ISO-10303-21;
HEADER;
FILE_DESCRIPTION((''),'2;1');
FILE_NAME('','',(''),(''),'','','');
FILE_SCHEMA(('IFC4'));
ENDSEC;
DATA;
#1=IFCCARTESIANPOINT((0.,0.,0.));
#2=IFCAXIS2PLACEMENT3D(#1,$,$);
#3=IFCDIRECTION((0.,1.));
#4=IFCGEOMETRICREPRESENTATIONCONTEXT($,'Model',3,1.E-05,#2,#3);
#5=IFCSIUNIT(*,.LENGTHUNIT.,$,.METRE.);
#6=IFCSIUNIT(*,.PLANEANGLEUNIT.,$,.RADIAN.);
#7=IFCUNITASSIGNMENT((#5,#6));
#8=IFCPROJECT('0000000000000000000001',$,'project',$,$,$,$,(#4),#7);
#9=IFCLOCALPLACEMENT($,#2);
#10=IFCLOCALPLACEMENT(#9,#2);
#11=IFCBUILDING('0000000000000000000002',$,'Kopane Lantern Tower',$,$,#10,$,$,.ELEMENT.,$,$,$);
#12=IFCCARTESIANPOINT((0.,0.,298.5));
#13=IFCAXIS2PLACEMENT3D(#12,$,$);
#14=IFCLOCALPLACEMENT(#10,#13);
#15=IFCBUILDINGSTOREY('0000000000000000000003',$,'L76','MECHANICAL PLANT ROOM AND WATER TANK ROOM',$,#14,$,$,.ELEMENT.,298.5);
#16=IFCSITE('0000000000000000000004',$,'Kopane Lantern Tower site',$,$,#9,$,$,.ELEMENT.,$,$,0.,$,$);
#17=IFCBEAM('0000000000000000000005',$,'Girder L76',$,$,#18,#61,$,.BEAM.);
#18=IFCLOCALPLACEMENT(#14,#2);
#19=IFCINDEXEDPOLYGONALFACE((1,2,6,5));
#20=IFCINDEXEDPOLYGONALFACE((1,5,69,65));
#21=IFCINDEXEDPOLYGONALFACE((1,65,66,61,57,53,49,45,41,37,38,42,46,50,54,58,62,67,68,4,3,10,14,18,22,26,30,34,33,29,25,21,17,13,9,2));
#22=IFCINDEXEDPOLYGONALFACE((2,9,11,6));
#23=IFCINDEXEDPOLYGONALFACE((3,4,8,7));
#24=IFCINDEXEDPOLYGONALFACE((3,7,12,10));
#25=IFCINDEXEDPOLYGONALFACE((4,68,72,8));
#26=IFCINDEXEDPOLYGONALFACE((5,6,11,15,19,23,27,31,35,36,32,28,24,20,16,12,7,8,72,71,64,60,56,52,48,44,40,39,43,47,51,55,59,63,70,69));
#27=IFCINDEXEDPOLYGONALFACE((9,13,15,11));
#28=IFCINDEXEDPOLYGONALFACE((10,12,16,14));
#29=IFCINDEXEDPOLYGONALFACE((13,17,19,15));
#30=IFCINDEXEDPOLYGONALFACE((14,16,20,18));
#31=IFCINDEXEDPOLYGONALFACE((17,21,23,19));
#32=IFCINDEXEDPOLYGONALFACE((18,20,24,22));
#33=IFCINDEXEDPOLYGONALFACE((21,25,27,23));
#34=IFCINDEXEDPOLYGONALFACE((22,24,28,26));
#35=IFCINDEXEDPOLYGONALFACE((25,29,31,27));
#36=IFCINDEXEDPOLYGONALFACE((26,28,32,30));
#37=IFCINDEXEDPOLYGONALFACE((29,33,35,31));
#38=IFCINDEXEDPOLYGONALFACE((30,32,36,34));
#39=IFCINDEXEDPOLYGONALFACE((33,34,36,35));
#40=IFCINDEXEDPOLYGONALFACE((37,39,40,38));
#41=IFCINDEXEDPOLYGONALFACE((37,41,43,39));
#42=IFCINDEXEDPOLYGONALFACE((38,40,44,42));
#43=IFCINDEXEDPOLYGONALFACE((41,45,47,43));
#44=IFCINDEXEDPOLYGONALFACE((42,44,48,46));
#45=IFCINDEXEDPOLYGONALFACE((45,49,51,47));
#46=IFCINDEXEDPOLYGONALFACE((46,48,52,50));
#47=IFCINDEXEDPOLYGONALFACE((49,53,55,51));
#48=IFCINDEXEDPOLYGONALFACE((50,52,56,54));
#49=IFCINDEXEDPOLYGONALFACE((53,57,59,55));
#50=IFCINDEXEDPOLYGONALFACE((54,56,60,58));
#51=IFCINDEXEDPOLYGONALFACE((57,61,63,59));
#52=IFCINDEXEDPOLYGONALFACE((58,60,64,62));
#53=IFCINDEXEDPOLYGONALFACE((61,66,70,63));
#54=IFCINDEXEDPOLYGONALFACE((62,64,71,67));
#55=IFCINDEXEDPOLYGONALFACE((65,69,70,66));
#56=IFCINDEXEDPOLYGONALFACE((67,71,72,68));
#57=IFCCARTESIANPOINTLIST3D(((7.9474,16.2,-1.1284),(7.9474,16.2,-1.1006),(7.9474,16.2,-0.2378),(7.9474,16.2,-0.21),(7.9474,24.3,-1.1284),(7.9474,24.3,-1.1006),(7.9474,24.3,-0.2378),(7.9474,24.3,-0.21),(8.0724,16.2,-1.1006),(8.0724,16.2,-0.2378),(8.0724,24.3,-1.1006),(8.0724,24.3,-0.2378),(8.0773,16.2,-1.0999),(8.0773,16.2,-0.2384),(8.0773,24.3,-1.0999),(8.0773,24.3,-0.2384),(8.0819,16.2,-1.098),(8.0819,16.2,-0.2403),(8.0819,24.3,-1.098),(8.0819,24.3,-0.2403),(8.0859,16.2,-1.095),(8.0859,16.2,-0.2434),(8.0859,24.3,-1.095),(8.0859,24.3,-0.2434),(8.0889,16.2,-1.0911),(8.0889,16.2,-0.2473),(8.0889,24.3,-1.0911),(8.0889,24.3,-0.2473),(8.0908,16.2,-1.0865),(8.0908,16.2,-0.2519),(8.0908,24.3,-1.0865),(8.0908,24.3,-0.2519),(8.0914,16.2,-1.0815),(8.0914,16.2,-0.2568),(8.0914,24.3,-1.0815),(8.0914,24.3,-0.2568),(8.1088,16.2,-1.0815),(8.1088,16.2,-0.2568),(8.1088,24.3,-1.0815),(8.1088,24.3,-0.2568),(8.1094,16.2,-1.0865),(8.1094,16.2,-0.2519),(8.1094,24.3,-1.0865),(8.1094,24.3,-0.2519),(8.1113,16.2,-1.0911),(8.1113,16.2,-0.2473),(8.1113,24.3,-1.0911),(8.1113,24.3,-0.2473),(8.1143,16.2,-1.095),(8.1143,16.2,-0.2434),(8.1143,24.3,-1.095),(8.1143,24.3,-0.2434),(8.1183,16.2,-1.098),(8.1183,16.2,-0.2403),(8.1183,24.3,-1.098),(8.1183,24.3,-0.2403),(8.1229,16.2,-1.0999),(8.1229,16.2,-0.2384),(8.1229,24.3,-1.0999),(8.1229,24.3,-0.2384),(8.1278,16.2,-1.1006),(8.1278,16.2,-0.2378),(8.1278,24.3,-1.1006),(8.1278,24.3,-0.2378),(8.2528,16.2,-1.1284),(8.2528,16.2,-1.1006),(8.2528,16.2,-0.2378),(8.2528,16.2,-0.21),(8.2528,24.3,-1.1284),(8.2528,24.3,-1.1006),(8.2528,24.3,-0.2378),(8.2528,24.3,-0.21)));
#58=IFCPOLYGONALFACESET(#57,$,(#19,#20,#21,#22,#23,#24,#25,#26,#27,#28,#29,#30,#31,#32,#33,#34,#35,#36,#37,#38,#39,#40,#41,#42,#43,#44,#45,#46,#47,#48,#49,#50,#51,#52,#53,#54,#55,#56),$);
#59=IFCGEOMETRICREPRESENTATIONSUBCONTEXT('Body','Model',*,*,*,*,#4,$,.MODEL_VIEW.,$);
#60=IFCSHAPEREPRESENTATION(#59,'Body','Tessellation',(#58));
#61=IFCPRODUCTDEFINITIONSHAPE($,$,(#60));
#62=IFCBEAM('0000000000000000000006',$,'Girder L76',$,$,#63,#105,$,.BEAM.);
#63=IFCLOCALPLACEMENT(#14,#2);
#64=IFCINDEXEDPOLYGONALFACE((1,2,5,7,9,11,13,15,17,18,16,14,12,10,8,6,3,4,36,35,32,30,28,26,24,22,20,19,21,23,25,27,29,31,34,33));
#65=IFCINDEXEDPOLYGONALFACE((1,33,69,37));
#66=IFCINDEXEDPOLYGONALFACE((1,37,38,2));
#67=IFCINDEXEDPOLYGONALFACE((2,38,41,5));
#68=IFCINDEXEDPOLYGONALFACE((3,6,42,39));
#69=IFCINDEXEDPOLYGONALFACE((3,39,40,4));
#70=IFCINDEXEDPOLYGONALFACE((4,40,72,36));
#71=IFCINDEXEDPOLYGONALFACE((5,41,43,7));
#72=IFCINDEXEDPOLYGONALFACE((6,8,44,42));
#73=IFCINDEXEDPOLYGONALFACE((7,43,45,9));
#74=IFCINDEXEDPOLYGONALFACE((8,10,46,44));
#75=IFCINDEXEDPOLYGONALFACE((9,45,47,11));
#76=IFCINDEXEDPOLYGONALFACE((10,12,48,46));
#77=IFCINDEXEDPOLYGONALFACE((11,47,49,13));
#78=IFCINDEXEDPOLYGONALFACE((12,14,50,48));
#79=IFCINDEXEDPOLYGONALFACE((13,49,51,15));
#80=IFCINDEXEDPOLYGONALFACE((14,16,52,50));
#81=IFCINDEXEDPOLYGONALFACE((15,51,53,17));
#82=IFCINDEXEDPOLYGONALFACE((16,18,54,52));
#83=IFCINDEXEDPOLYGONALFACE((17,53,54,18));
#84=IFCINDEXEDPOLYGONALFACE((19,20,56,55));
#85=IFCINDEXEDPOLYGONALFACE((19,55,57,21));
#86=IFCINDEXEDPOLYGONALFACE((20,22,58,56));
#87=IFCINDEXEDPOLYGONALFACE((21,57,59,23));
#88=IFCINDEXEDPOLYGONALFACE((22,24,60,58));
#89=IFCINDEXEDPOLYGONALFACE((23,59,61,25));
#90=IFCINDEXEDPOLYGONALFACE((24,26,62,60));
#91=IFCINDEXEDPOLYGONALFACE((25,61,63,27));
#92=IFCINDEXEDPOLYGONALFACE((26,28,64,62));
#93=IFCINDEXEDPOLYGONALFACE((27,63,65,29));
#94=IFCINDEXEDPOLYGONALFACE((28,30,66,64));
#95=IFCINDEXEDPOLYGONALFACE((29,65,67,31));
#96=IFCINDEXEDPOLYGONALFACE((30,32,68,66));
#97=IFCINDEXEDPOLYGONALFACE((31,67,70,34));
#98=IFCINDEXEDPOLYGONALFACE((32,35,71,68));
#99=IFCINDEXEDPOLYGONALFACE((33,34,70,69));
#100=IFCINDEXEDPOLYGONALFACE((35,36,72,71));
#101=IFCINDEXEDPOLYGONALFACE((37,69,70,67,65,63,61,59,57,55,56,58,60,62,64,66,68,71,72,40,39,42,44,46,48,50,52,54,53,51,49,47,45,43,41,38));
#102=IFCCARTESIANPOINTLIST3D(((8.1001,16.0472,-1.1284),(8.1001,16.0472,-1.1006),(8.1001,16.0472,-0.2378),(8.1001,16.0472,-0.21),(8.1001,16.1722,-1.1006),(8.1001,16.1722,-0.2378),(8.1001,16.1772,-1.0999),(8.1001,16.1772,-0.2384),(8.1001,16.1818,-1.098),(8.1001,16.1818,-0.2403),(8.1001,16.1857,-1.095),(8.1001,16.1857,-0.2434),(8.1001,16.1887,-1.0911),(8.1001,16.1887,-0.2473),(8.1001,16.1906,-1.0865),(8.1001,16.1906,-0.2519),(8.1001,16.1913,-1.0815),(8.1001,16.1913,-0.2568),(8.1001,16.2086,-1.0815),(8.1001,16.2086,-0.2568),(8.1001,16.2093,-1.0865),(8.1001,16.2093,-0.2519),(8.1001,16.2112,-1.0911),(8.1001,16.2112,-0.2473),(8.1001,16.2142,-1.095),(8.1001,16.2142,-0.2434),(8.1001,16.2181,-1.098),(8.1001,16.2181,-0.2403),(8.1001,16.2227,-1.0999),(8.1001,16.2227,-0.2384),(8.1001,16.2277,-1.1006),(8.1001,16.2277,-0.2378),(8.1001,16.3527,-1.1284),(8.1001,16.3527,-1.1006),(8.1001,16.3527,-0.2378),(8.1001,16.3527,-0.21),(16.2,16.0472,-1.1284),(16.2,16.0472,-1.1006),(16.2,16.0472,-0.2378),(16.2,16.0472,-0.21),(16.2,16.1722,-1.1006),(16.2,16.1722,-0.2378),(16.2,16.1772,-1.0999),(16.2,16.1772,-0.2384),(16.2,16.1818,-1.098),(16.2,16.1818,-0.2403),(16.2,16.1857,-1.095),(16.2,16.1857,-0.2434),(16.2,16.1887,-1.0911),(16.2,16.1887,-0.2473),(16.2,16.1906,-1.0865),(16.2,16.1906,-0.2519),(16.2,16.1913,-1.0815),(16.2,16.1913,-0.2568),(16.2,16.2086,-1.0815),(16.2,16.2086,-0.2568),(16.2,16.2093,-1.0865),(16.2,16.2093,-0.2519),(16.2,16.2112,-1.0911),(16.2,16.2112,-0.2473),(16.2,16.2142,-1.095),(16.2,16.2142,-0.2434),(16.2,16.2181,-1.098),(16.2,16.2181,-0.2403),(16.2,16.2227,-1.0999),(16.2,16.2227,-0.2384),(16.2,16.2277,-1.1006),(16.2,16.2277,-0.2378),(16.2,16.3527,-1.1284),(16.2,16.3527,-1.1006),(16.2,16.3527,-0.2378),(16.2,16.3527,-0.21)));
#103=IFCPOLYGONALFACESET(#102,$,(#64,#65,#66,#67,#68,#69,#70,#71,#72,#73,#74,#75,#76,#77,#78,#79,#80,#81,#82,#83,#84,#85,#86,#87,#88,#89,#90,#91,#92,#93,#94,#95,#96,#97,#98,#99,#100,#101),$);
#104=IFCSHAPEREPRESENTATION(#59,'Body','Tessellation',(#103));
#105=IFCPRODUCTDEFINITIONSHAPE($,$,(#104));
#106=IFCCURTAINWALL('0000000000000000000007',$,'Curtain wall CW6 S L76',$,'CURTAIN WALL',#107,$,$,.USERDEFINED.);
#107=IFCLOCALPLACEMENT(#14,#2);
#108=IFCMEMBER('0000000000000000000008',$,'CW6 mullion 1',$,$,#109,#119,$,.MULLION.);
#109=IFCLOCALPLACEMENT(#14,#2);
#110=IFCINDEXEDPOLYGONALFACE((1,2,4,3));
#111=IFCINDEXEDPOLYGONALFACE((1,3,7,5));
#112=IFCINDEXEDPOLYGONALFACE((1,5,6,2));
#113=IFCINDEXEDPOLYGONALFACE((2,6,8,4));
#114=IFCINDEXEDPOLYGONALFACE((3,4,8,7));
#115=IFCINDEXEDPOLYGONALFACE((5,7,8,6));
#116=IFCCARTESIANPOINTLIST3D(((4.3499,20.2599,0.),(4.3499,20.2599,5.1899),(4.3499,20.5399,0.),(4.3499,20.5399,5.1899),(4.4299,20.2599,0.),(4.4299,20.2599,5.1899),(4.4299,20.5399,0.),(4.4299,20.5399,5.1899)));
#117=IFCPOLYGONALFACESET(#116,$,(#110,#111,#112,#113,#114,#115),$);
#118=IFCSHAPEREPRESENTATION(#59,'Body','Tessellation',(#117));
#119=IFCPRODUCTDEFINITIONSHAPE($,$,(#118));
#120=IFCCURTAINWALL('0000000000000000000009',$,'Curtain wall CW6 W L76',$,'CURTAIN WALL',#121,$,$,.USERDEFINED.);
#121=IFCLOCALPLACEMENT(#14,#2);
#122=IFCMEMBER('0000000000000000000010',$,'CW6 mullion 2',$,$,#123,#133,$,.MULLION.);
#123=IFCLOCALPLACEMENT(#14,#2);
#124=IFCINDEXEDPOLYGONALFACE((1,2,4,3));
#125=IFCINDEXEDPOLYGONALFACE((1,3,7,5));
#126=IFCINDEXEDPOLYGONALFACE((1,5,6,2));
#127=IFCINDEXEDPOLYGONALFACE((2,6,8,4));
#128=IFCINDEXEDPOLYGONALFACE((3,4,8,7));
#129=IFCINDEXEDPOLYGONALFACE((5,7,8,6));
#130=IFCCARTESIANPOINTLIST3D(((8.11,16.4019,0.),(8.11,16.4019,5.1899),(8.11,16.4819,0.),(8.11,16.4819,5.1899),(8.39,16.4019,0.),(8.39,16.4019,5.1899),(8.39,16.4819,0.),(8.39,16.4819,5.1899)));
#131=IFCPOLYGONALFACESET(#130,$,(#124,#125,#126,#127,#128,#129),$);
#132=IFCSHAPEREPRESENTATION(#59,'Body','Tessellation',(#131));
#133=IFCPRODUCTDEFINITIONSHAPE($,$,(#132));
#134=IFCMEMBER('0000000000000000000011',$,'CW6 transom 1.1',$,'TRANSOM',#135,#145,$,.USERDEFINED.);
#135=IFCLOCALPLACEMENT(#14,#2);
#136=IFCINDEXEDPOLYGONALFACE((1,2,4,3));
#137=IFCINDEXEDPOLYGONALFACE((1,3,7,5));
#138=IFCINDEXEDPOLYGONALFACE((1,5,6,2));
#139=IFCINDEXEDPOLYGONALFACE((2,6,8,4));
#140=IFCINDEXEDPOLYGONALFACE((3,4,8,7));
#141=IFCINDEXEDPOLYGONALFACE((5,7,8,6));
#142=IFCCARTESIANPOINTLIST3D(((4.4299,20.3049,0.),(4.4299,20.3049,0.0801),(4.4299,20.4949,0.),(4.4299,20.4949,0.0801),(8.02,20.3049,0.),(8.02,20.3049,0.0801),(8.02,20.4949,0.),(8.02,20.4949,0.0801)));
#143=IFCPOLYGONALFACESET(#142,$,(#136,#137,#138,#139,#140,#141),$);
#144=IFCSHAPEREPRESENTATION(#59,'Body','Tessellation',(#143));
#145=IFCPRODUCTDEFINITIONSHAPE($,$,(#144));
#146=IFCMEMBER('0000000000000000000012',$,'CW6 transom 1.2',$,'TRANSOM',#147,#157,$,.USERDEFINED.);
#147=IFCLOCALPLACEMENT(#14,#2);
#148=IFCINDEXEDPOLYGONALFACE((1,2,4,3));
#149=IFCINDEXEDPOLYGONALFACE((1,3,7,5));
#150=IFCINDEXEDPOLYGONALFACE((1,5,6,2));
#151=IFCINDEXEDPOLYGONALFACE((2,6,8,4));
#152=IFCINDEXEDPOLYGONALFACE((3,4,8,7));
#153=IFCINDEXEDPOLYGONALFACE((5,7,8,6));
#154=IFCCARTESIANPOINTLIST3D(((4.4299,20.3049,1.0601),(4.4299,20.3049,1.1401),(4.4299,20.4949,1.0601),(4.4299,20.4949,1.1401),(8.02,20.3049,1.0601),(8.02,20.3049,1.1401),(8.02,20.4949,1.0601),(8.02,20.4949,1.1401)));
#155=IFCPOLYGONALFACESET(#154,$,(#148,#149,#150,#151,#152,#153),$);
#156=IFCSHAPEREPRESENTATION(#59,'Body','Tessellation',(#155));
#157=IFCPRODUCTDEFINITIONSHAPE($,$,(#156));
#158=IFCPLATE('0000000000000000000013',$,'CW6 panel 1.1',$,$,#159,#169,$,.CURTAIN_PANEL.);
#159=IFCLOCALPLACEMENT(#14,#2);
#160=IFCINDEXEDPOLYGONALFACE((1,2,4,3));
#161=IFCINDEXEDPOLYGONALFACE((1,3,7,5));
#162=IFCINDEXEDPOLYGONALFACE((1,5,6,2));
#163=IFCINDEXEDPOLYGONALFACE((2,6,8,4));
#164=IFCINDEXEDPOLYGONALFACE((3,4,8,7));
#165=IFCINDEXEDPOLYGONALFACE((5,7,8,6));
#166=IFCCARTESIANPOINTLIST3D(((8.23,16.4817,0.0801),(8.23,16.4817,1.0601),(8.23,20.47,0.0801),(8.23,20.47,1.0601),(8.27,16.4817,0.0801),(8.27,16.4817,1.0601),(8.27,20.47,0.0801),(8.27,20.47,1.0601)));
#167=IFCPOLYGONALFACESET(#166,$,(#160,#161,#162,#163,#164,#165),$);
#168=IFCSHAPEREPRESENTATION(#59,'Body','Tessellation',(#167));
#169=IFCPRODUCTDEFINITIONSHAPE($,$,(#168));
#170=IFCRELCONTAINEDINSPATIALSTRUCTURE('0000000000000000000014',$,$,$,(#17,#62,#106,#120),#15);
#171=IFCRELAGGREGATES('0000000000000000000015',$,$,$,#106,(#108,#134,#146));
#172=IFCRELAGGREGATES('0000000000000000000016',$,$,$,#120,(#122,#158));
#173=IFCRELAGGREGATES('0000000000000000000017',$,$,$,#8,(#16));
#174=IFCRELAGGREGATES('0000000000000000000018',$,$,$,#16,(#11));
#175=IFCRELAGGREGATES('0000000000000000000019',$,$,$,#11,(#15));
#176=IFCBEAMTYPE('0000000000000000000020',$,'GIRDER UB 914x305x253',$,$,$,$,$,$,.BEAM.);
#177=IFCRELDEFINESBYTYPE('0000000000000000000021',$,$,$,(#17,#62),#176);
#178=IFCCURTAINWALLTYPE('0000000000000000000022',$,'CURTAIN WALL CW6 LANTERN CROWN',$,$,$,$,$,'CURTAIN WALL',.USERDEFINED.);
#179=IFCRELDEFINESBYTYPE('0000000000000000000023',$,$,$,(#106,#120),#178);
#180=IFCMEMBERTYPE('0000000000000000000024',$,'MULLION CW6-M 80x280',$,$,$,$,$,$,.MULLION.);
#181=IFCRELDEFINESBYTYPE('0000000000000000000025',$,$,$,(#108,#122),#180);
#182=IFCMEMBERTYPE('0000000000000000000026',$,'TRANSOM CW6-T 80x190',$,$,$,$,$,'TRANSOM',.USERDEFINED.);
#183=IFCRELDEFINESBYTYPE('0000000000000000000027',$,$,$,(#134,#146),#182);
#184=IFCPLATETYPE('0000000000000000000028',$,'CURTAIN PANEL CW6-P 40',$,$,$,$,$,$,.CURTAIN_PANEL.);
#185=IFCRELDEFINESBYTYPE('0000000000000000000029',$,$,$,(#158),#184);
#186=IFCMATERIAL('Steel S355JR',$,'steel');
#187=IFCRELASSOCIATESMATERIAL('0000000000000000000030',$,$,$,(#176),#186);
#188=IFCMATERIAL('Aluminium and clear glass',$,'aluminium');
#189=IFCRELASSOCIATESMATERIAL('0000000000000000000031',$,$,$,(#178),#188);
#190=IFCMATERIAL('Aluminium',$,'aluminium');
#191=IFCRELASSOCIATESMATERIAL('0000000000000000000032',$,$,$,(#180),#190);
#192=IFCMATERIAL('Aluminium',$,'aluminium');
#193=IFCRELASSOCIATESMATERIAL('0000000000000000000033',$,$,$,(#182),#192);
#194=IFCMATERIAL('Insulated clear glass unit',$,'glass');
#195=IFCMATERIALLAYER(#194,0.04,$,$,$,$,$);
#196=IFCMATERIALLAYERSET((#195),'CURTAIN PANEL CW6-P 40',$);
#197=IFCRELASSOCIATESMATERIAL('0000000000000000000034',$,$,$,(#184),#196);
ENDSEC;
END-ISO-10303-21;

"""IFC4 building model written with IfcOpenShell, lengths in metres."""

from ifc_helpers import new_model, si_unit, direction, frame, origin, origin_2d, place, context, subcontext, project, spatial, rectangle, i_section, extrude, material, layer, layer_set, material_profile, profile_set, type_object, element, aggregate, save


model = new_model("IFC4")

# Units and contexts
model_context = context("Model", 3, precision=1e-05, world=origin(), true_north=direction((0.0, 1.0)))
body_context = subcontext(model_context, "Body", "Model", "MODEL_VIEW")
ifc_project = project(units=[si_unit("LENGTHUNIT", "METRE"), si_unit("PLANEANGLEUNIT", "RADIAN")], contexts=[model_context])

# Site, building, storey
site_placement = place(None, origin())
site = spatial("IfcSite", under=ifc_project, at=site_placement, Name="Kopane Lantern Tower site", CompositionType="ELEMENT", RefElevation=0.0)
building_placement = place(site_placement, origin())
building = spatial("IfcBuilding", under=site, at=building_placement, Name="Kopane Lantern Tower", CompositionType="ELEMENT")
storey_placement = place(building_placement, frame((0.0, 0.0, 298.5)))
storey = spatial("IfcBuildingStorey", under=building, at=storey_placement, Name="L76", Description="MECHANICAL PLANT ROOM AND WATER TANK ROOM", CompositionType="ELEMENT", Elevation=298.5)

# Beams
ifc_material_1 = material(Name="Steel S355JR", Category="steel")
ifc_material_profile_1 = material_profile(ifc_material_1, i_section(OverallWidth=0.3054, OverallDepth=0.9185, WebThickness=0.0173, FlangeThickness=0.0278, FilletRadius=0.019, at=origin_2d()), Name="UB 914x305x253")
ifc_profile_set_1 = profile_set([ifc_material_profile_1], Name="Steel S355JR")
beam_type_1 = type_object("IfcBeamType", Name="GIRDER UB 914x305x253", PredefinedType="BEAM", material=ifc_profile_set_1)
beam_1_placement = place(storey_placement, frame((8.1001, 16.2, -0.6692), z_axis=(0.0, 1.0, 0.0), x_axis=(-1.0, 0.0, 0.0)))
element("IfcBeam", 1, at=beam_1_placement, inside=storey, type_object=beam_type_1, Name="Girder L76", PredefinedType="BEAM", context=body_context, shape_type="SweptSolid", body=[
    extrude(i_section(OverallWidth=0.3054, OverallDepth=0.9185, WebThickness=0.0173, FlangeThickness=0.0278, FilletRadius=0.019, at=origin_2d()), origin(), (0.0, 0.0, 1.0), 8.1001),
])
beam_2_placement = place(storey_placement, frame((8.1001, 16.2, -0.6692), z_axis=(1.0, 0.0, 0.0), x_axis=(0.0, 1.0, 0.0)))
element("IfcBeam", 2, at=beam_2_placement, inside=storey, type_object=beam_type_1, Name="Girder L76", PredefinedType="BEAM", context=body_context, shape_type="SweptSolid", body=[
    extrude(i_section(OverallWidth=0.3054, OverallDepth=0.9185, WebThickness=0.0173, FlangeThickness=0.0278, FilletRadius=0.019, at=origin_2d()), origin(), (0.0, 0.0, 1.0), 8.0999),
])

# Curtain walls, members
ifc_material_2 = material(Name="Aluminium and clear glass", Category="aluminium")
curtain_wall_type = type_object("IfcCurtainWallType", Name="CURTAIN WALL CW6 LANTERN CROWN", ElementType="CURTAIN WALL", PredefinedType="USERDEFINED", material=ifc_material_2)
curtain_wall_1_placement = place(storey_placement, origin())
curtain_wall_1 = element("IfcCurtainWall", 3, at=curtain_wall_1_placement, inside=storey, type_object=curtain_wall_type, Name="Curtain wall CW6 S L76", ObjectType="CURTAIN WALL", PredefinedType="USERDEFINED")
ifc_material_3 = material(Name="Aluminium", Category="aluminium")
ifc_material_profile_2 = material_profile(ifc_material_3, rectangle(XDim=0.0801, YDim=0.28, at=origin_2d()), Name="AL 80x280")
ifc_profile_set_2 = profile_set([ifc_material_profile_2], Name="Aluminium")
member_type_1 = type_object("IfcMemberType", Name="MULLION CW6-M 80x280", PredefinedType="MULLION", material=ifc_profile_set_2)
member_1_placement = place(storey_placement, frame((4.3899, 20.3999, 0.0), z_axis=(0.0, 0.0, 1.0), x_axis=(1.0, 0.0, 0.0)))
member_1 = element("IfcMember", 4, at=member_1_placement, type_object=member_type_1, Name="CW6 mullion 1", PredefinedType="MULLION", context=body_context, shape_type="SweptSolid", body=[
    extrude(rectangle(XDim=0.0801, YDim=0.28, at=origin_2d()), origin(), (0.0, 0.0, 1.0), 5.1899),
])
curtain_wall_2_placement = place(storey_placement, origin())
curtain_wall_2 = element("IfcCurtainWall", 5, at=curtain_wall_2_placement, inside=storey, type_object=curtain_wall_type, Name="Curtain wall CW6 W L76", ObjectType="CURTAIN WALL", PredefinedType="USERDEFINED")
member_2_placement = place(storey_placement, frame((8.25, 16.4419, 0.0), z_axis=(0.0, 0.0, 1.0), x_axis=(0.0, -1.0, 0.0)))
member_2 = element("IfcMember", 6, at=member_2_placement, type_object=member_type_1, Name="CW6 mullion 2", PredefinedType="MULLION", context=body_context, shape_type="SweptSolid", body=[
    extrude(rectangle(XDim=0.0801, YDim=0.28, at=origin_2d()), origin(), (0.0, 0.0, 1.0), 5.1899),
])

# Members
ifc_material_4 = material(Name="Aluminium", Category="aluminium")
ifc_material_profile_3 = material_profile(ifc_material_4, rectangle(XDim=0.1899, YDim=0.0801, at=origin_2d()), Name="AL 190x80")
ifc_profile_set_3 = profile_set([ifc_material_profile_3], Name="Aluminium")
member_type_2 = type_object("IfcMemberType", Name="TRANSOM CW6-T 80x190", ElementType="TRANSOM", PredefinedType="USERDEFINED", material=ifc_profile_set_3)
member_3_placement = place(storey_placement, frame((4.4299, 20.3999, 0.04), z_axis=(1.0, 0.0, 0.0), x_axis=(0.0, 1.0, 0.0)))
member_3 = element("IfcMember", 7, at=member_3_placement, type_object=member_type_2, Name="CW6 transom 1.1", ObjectType="TRANSOM", PredefinedType="USERDEFINED", context=body_context, shape_type="SweptSolid", body=[
    extrude(rectangle(XDim=0.1899, YDim=0.0801, at=origin_2d()), origin(), (0.0, 0.0, 1.0), 3.5901),
])
member_4_placement = place(storey_placement, frame((4.4299, 20.3999, 1.1001), z_axis=(1.0, 0.0, 0.0), x_axis=(0.0, 1.0, 0.0)))
member_4 = element("IfcMember", 8, at=member_4_placement, type_object=member_type_2, Name="CW6 transom 1.2", ObjectType="TRANSOM", PredefinedType="USERDEFINED", context=body_context, shape_type="SweptSolid", body=[
    extrude(rectangle(XDim=0.1899, YDim=0.0801, at=origin_2d()), origin(), (0.0, 0.0, 1.0), 3.5901),
])
aggregate(curtain_wall_1, [member_1, member_3, member_4])

# Plate
ifc_material_5 = material(Name="Insulated clear glass unit", Category="glass")
ifc_layer_1 = layer(ifc_material_5, 0.04)
ifc_layer_set_1 = layer_set([ifc_layer_1], Name="CURTAIN PANEL CW6-P 40")
plate_type = type_object("IfcPlateType", Name="CURTAIN PANEL CW6-P 40", PredefinedType="CURTAIN_PANEL", material=ifc_layer_set_1)
plate_placement = place(storey_placement, frame((8.25, 18.4758, 0.0801), z_axis=(0.0, 0.0, 1.0), x_axis=(0.0, -1.0, 0.0)))
plate = element("IfcPlate", 9, at=plate_placement, type_object=plate_type, Name="CW6 panel 1.1", PredefinedType="CURTAIN_PANEL", context=body_context, shape_type="SweptSolid", body=[
    extrude(rectangle(XDim=3.9883, YDim=0.04, at=origin_2d()), origin(), (0.0, 0.0, 1.0), 0.98),
])
aggregate(curtain_wall_2, [member_2, plate])

save(model, "model.ifc")
